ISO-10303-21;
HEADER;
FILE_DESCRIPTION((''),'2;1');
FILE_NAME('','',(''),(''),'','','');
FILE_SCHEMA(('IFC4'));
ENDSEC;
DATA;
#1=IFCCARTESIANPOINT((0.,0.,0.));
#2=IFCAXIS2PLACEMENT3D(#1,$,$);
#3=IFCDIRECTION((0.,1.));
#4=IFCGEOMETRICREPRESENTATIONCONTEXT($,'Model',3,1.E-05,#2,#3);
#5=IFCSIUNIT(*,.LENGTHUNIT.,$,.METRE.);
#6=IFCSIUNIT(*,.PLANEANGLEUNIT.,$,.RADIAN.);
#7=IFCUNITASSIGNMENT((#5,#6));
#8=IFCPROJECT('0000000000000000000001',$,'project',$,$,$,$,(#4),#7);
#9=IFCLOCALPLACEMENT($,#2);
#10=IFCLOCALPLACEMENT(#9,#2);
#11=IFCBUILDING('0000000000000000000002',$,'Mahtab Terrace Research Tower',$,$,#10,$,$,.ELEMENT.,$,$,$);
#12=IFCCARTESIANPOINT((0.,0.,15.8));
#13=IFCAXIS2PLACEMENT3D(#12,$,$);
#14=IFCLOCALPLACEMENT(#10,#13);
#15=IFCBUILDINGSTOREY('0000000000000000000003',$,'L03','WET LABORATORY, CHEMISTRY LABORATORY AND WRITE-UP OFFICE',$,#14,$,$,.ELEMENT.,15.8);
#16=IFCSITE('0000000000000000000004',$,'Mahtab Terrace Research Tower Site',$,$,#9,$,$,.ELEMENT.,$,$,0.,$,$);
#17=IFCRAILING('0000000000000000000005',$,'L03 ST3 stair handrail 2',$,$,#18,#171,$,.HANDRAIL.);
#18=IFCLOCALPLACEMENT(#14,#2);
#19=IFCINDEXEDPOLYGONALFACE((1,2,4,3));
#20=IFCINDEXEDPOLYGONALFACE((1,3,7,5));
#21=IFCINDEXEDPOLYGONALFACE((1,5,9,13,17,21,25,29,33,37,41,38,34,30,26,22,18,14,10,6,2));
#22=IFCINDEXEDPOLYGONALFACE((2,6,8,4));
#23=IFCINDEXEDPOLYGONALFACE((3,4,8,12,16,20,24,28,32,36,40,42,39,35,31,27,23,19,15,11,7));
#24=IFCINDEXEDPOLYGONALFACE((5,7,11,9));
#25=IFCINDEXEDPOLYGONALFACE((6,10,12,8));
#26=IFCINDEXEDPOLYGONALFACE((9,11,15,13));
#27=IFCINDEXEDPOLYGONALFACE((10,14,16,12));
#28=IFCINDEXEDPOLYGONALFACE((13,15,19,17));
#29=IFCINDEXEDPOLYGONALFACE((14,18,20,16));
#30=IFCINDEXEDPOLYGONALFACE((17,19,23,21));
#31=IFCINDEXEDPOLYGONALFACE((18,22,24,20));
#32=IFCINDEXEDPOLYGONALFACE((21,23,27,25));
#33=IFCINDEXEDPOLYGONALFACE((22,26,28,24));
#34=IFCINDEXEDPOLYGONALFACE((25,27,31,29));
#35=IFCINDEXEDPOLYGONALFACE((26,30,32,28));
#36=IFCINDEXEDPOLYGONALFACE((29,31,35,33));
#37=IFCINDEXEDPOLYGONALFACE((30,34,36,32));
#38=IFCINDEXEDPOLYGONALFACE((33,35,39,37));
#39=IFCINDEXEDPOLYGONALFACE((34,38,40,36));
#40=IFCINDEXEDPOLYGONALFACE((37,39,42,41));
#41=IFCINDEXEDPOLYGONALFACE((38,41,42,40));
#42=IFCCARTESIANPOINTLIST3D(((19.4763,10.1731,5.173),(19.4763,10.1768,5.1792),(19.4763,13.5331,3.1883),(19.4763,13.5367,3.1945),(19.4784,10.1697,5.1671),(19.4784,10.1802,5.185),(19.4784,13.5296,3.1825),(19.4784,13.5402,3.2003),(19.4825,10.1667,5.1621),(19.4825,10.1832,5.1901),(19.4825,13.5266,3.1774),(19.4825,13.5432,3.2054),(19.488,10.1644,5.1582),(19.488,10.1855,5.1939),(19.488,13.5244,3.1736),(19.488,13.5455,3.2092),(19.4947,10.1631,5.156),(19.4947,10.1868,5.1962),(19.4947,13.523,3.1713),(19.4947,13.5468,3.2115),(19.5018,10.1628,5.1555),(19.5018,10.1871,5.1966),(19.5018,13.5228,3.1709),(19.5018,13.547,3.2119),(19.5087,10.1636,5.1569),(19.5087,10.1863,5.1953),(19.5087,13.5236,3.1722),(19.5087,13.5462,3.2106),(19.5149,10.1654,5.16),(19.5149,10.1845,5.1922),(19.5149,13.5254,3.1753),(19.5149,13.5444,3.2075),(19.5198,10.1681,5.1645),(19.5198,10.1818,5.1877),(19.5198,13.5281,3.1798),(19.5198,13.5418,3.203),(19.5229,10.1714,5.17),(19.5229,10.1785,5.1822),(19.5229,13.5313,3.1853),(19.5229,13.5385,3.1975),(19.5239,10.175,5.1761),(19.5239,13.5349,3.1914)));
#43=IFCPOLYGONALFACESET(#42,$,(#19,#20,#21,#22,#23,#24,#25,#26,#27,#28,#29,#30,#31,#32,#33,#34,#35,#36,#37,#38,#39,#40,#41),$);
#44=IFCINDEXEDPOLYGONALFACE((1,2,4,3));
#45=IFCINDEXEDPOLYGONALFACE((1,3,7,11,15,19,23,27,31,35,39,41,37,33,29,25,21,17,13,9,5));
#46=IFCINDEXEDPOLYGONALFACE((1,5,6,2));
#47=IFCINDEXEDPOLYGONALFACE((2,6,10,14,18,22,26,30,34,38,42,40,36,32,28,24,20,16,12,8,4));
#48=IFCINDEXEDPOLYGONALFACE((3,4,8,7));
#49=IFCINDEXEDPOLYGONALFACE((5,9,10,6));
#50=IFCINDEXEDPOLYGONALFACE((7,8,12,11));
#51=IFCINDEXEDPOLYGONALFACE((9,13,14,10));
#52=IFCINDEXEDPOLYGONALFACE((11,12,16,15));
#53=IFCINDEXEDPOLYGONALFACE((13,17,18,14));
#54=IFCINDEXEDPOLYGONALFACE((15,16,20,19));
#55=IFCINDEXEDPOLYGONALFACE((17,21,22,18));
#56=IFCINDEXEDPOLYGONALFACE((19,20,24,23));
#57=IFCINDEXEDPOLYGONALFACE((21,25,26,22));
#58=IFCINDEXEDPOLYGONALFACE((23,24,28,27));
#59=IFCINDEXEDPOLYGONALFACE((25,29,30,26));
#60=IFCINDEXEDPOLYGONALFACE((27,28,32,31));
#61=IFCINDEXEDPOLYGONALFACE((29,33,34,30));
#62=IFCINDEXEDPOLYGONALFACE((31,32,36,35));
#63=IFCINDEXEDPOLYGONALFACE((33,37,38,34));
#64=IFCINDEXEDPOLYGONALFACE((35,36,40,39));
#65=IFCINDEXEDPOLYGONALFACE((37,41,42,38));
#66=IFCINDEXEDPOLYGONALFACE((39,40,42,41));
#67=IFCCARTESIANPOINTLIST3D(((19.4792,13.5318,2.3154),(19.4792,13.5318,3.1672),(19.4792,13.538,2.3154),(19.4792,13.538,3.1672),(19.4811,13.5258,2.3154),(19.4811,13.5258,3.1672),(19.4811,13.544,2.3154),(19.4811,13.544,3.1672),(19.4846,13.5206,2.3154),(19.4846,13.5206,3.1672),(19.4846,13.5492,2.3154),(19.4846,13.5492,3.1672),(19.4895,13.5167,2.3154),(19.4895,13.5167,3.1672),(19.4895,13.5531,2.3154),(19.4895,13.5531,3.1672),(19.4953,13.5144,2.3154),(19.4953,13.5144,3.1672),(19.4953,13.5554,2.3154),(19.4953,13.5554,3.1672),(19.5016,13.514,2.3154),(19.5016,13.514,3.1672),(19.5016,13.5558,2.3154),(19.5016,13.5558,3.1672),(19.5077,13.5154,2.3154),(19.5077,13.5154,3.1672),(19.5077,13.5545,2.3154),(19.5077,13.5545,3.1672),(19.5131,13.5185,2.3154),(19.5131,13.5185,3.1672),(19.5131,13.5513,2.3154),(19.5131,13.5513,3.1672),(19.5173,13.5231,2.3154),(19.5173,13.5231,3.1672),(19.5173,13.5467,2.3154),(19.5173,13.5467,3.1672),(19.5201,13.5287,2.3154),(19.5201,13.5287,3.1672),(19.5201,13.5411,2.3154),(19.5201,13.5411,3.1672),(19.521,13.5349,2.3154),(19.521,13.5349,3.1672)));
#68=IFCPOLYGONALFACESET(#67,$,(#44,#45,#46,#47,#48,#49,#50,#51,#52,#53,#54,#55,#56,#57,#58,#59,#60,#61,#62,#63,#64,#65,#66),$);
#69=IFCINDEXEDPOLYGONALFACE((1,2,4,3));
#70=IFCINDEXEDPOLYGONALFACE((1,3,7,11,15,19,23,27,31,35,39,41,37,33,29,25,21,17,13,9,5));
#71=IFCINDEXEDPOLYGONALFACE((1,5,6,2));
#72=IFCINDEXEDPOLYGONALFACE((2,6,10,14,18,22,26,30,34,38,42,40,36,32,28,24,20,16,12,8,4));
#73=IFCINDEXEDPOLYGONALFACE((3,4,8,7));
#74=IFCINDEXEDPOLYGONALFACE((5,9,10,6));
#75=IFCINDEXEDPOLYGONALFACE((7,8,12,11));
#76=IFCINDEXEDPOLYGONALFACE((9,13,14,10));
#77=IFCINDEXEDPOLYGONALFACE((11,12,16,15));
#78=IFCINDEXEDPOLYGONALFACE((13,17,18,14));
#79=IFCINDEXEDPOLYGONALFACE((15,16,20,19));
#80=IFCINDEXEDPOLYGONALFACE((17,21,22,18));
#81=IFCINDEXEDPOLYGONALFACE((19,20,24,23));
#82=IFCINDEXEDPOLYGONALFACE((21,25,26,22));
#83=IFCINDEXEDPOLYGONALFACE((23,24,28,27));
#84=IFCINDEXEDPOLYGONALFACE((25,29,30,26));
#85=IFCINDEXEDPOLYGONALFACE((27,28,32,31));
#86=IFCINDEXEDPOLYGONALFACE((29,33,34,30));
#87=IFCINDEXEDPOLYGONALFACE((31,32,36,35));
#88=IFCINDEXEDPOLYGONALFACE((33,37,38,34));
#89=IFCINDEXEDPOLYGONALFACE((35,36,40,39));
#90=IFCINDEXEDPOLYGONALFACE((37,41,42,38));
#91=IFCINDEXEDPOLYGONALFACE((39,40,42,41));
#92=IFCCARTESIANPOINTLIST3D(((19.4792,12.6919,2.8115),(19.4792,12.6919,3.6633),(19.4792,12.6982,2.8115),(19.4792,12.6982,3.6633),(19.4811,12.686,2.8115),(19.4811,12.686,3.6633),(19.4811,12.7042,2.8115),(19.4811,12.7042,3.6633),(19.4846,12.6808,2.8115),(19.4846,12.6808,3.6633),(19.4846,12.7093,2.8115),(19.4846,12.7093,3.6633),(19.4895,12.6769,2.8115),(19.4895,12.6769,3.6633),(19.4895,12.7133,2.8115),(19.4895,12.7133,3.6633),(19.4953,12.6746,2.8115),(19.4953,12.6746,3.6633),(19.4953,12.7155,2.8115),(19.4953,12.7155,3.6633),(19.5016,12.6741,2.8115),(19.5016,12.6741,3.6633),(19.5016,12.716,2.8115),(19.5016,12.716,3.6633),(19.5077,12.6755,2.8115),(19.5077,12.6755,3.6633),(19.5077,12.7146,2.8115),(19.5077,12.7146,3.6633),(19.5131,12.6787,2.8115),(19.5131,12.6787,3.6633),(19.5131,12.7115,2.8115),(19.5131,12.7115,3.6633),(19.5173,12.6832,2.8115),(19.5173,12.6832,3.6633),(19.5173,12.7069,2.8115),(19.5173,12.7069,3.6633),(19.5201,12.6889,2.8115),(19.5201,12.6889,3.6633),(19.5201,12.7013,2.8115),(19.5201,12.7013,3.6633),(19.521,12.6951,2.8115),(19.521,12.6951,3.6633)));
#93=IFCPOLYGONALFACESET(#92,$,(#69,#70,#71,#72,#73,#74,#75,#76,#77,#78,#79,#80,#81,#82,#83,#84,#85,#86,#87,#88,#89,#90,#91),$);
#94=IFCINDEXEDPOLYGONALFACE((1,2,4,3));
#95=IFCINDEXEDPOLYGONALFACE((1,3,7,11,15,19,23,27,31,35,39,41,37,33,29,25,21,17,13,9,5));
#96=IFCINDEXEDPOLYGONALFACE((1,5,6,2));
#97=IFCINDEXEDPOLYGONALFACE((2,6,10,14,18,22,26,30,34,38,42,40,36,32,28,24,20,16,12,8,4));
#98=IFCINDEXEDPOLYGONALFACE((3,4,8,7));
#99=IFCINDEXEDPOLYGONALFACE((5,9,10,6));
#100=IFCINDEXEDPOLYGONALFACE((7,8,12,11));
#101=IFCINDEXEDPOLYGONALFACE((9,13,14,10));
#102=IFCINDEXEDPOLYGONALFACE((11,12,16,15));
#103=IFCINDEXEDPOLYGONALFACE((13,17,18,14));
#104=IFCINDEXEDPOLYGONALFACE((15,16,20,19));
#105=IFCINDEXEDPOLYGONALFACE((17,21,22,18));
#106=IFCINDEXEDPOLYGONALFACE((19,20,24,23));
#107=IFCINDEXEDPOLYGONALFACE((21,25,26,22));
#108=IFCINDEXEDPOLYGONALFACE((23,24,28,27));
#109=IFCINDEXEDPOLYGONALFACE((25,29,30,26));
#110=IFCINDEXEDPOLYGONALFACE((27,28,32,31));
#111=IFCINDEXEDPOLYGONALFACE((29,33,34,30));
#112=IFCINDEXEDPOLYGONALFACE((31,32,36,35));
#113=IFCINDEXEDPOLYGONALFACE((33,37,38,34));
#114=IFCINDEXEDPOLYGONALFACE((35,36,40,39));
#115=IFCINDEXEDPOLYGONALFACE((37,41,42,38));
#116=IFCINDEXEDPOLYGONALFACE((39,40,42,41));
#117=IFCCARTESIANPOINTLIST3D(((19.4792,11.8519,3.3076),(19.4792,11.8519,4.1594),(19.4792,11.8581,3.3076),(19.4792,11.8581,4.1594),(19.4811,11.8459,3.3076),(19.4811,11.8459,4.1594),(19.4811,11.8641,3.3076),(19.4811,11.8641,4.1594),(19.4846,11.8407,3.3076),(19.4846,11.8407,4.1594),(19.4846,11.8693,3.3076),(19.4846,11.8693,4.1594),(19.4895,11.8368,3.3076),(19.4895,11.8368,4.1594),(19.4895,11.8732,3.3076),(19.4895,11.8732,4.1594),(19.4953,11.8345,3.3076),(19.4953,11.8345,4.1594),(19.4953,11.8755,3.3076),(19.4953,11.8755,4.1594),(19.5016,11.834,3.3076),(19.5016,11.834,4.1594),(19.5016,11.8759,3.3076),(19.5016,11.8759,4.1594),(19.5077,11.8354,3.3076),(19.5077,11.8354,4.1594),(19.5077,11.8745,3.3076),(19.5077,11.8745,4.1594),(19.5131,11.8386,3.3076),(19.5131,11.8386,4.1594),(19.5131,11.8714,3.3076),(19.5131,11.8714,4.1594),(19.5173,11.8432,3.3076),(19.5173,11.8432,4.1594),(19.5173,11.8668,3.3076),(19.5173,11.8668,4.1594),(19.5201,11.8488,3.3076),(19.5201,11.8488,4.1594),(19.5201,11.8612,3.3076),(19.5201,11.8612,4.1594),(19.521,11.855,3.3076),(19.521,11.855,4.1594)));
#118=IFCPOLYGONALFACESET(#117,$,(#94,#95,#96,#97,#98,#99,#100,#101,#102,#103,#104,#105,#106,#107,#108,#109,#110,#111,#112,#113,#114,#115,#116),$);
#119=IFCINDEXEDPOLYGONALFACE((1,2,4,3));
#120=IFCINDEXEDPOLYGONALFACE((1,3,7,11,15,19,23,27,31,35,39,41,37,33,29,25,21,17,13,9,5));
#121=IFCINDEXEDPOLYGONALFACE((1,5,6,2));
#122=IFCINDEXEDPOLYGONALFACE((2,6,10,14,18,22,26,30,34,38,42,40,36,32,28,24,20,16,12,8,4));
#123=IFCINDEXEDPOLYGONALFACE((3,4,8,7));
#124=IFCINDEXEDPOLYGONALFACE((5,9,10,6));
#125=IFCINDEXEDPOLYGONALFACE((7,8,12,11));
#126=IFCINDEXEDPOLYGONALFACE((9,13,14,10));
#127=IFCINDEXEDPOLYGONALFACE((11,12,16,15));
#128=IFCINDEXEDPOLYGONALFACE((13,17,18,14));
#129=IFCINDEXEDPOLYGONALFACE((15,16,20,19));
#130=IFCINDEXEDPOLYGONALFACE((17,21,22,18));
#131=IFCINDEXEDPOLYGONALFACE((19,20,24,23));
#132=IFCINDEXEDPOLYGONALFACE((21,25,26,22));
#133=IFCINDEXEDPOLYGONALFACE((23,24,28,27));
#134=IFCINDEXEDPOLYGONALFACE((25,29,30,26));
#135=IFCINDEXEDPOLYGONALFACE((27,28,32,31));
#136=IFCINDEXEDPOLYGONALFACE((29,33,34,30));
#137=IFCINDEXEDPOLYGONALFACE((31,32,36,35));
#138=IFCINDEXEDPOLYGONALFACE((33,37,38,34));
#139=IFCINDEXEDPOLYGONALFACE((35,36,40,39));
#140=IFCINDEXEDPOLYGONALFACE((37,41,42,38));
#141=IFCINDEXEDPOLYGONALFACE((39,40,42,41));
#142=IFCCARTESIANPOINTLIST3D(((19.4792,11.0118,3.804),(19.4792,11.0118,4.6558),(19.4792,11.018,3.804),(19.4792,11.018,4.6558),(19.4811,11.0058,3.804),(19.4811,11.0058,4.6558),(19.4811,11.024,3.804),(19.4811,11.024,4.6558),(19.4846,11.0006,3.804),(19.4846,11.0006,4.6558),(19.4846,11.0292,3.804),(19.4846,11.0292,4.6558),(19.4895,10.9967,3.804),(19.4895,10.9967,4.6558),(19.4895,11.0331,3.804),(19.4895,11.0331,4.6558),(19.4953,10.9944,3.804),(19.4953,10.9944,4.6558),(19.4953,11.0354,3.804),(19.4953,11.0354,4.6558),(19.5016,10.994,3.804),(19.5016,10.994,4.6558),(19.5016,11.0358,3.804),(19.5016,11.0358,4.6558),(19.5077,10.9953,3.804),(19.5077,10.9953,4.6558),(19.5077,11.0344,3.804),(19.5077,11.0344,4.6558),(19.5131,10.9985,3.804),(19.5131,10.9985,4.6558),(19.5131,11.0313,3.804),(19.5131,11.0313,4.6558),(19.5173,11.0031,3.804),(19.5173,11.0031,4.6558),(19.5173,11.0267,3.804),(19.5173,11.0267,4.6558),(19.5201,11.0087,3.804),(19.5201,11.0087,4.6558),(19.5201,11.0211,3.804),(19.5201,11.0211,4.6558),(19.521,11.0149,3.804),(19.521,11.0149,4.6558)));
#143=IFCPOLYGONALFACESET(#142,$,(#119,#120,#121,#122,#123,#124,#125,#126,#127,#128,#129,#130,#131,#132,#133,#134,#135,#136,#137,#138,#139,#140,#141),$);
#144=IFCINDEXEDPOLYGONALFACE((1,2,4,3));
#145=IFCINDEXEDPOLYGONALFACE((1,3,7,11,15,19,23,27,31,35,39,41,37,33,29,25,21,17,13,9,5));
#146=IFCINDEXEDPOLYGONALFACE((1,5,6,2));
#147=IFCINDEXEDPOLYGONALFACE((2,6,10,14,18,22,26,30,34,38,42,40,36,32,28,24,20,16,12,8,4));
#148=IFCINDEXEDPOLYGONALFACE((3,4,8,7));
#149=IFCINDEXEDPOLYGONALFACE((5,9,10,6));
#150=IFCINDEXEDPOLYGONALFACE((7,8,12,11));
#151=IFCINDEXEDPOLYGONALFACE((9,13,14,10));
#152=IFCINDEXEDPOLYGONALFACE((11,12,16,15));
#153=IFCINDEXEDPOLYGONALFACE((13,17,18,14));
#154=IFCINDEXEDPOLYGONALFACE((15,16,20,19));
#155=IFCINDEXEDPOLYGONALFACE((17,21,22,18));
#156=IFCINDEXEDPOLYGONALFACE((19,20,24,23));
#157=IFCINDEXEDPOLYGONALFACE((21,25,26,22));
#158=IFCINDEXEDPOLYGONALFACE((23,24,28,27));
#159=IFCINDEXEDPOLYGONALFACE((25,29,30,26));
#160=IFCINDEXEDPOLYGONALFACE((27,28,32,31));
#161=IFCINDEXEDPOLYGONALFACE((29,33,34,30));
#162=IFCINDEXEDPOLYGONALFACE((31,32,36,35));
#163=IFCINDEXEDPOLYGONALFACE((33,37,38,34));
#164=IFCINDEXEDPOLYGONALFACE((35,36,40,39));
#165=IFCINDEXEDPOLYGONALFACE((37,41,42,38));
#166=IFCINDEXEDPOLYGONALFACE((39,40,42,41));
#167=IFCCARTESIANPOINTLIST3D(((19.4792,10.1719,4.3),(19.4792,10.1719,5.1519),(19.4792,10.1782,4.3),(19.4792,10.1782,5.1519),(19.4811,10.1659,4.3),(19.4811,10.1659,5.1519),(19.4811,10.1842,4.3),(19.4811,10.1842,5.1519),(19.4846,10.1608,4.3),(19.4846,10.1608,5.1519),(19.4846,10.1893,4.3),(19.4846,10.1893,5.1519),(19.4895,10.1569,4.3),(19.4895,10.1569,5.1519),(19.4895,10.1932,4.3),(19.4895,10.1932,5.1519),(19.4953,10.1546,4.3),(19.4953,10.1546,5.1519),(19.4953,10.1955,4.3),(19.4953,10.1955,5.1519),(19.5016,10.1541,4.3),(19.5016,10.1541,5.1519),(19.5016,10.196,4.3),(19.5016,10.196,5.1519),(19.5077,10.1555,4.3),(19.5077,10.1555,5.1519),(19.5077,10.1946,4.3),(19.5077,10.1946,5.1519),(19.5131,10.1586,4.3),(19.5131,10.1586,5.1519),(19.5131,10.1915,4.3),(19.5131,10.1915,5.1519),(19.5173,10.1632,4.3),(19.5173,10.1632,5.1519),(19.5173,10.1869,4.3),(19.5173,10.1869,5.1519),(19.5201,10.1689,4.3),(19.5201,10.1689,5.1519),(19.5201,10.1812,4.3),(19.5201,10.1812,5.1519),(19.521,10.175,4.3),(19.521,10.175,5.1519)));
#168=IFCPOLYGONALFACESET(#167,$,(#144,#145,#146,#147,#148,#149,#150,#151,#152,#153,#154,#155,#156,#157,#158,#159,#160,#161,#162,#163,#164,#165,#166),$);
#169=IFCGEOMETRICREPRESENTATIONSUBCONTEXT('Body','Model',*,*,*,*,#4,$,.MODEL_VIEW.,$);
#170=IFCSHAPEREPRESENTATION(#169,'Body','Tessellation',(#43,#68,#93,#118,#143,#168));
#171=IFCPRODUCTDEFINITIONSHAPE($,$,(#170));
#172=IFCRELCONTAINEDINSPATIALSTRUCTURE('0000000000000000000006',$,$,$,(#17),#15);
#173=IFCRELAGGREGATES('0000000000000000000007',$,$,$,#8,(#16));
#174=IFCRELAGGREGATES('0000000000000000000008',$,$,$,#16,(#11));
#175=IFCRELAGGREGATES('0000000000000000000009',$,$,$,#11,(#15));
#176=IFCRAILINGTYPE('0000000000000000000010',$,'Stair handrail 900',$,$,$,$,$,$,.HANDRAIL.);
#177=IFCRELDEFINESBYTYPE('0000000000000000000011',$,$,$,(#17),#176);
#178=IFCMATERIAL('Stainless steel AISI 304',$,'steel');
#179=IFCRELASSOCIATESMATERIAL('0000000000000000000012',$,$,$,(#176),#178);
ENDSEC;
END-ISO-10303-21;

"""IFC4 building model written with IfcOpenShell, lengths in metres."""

from ifc_helpers import new_model, si_unit, direction, frame, origin, origin_2d, place, context, subcontext, project, spatial, circle, extrude, material, type_object, element, save


model = new_model("IFC4")

# Units and contexts
model_context = context("Model", 3, precision=1e-05, world=origin(), true_north=direction((0.0, 1.0)))
body_context = subcontext(model_context, "Body", "Model", "MODEL_VIEW")
ifc_project = project(units=[si_unit("LENGTHUNIT", "METRE"), si_unit("PLANEANGLEUNIT", "RADIAN")], contexts=[model_context])

# Site, building, storey
site_placement = place(None, origin())
site = spatial("IfcSite", under=ifc_project, at=site_placement, Name="Mahtab Terrace Research Tower Site", CompositionType="ELEMENT", RefElevation=0.0)
building_placement = place(site_placement, origin())
building = spatial("IfcBuilding", under=site, at=building_placement, Name="Mahtab Terrace Research Tower", CompositionType="ELEMENT")
storey_placement = place(building_placement, frame((0.0, 0.0, 15.8)))
storey = spatial("IfcBuildingStorey", under=building, at=storey_placement, Name="L03", Description="WET LABORATORY, CHEMISTRY LABORATORY AND WRITE-UP OFFICE", CompositionType="ELEMENT", Elevation=15.8)

# Shared definitions
ifc_material_1 = material(Name="Stainless steel AISI 304", Category="steel")

# Railing
railing_type_1 = type_object("IfcRailingType", Name="Stair handrail 900", PredefinedType="HANDRAIL", material=ifc_material_1)
railing_1_placement = place(storey_placement, frame((19.5, 13.5349, 2.3154)))
element("IfcRailing", 1, at=railing_1_placement, inside=storey, type_object=railing_type_1, Name="L03 ST3 stair handrail 2", PredefinedType="HANDRAIL", context=body_context, shape_type="SweptSolid", body=[
    extrude(circle(Radius=0.0239, at=origin_2d()), frame((0.0, 0.0, 0.876), z_axis=(0.0, -0.861011, 0.508586), x_axis=(1.0, 0.0, 0.0)), (0.0, 0.0, 1.0), 3.9023),
    extrude(circle(Radius=0.021, at=origin_2d()), origin(), (0.0, 0.0, 1.0), 0.8518),
    extrude(circle(Radius=0.021, at=origin_2d()), frame((0.0, -0.8398, 0.4961)), (0.0, 0.0, 1.0), 0.8518),
    extrude(circle(Radius=0.021, at=origin_2d()), frame((0.0, -1.6799, 0.9922)), (0.0, 0.0, 1.0), 0.8518),
    extrude(circle(Radius=0.021, at=origin_2d()), frame((0.0, -2.52, 1.4885)), (0.0, 0.0, 1.0), 0.8518),
    extrude(circle(Radius=0.021, at=origin_2d()), frame((0.0, -3.3599, 1.9846)), (0.0, 0.0, 1.0), 0.8518),
])

save(model, "model.ifc")
